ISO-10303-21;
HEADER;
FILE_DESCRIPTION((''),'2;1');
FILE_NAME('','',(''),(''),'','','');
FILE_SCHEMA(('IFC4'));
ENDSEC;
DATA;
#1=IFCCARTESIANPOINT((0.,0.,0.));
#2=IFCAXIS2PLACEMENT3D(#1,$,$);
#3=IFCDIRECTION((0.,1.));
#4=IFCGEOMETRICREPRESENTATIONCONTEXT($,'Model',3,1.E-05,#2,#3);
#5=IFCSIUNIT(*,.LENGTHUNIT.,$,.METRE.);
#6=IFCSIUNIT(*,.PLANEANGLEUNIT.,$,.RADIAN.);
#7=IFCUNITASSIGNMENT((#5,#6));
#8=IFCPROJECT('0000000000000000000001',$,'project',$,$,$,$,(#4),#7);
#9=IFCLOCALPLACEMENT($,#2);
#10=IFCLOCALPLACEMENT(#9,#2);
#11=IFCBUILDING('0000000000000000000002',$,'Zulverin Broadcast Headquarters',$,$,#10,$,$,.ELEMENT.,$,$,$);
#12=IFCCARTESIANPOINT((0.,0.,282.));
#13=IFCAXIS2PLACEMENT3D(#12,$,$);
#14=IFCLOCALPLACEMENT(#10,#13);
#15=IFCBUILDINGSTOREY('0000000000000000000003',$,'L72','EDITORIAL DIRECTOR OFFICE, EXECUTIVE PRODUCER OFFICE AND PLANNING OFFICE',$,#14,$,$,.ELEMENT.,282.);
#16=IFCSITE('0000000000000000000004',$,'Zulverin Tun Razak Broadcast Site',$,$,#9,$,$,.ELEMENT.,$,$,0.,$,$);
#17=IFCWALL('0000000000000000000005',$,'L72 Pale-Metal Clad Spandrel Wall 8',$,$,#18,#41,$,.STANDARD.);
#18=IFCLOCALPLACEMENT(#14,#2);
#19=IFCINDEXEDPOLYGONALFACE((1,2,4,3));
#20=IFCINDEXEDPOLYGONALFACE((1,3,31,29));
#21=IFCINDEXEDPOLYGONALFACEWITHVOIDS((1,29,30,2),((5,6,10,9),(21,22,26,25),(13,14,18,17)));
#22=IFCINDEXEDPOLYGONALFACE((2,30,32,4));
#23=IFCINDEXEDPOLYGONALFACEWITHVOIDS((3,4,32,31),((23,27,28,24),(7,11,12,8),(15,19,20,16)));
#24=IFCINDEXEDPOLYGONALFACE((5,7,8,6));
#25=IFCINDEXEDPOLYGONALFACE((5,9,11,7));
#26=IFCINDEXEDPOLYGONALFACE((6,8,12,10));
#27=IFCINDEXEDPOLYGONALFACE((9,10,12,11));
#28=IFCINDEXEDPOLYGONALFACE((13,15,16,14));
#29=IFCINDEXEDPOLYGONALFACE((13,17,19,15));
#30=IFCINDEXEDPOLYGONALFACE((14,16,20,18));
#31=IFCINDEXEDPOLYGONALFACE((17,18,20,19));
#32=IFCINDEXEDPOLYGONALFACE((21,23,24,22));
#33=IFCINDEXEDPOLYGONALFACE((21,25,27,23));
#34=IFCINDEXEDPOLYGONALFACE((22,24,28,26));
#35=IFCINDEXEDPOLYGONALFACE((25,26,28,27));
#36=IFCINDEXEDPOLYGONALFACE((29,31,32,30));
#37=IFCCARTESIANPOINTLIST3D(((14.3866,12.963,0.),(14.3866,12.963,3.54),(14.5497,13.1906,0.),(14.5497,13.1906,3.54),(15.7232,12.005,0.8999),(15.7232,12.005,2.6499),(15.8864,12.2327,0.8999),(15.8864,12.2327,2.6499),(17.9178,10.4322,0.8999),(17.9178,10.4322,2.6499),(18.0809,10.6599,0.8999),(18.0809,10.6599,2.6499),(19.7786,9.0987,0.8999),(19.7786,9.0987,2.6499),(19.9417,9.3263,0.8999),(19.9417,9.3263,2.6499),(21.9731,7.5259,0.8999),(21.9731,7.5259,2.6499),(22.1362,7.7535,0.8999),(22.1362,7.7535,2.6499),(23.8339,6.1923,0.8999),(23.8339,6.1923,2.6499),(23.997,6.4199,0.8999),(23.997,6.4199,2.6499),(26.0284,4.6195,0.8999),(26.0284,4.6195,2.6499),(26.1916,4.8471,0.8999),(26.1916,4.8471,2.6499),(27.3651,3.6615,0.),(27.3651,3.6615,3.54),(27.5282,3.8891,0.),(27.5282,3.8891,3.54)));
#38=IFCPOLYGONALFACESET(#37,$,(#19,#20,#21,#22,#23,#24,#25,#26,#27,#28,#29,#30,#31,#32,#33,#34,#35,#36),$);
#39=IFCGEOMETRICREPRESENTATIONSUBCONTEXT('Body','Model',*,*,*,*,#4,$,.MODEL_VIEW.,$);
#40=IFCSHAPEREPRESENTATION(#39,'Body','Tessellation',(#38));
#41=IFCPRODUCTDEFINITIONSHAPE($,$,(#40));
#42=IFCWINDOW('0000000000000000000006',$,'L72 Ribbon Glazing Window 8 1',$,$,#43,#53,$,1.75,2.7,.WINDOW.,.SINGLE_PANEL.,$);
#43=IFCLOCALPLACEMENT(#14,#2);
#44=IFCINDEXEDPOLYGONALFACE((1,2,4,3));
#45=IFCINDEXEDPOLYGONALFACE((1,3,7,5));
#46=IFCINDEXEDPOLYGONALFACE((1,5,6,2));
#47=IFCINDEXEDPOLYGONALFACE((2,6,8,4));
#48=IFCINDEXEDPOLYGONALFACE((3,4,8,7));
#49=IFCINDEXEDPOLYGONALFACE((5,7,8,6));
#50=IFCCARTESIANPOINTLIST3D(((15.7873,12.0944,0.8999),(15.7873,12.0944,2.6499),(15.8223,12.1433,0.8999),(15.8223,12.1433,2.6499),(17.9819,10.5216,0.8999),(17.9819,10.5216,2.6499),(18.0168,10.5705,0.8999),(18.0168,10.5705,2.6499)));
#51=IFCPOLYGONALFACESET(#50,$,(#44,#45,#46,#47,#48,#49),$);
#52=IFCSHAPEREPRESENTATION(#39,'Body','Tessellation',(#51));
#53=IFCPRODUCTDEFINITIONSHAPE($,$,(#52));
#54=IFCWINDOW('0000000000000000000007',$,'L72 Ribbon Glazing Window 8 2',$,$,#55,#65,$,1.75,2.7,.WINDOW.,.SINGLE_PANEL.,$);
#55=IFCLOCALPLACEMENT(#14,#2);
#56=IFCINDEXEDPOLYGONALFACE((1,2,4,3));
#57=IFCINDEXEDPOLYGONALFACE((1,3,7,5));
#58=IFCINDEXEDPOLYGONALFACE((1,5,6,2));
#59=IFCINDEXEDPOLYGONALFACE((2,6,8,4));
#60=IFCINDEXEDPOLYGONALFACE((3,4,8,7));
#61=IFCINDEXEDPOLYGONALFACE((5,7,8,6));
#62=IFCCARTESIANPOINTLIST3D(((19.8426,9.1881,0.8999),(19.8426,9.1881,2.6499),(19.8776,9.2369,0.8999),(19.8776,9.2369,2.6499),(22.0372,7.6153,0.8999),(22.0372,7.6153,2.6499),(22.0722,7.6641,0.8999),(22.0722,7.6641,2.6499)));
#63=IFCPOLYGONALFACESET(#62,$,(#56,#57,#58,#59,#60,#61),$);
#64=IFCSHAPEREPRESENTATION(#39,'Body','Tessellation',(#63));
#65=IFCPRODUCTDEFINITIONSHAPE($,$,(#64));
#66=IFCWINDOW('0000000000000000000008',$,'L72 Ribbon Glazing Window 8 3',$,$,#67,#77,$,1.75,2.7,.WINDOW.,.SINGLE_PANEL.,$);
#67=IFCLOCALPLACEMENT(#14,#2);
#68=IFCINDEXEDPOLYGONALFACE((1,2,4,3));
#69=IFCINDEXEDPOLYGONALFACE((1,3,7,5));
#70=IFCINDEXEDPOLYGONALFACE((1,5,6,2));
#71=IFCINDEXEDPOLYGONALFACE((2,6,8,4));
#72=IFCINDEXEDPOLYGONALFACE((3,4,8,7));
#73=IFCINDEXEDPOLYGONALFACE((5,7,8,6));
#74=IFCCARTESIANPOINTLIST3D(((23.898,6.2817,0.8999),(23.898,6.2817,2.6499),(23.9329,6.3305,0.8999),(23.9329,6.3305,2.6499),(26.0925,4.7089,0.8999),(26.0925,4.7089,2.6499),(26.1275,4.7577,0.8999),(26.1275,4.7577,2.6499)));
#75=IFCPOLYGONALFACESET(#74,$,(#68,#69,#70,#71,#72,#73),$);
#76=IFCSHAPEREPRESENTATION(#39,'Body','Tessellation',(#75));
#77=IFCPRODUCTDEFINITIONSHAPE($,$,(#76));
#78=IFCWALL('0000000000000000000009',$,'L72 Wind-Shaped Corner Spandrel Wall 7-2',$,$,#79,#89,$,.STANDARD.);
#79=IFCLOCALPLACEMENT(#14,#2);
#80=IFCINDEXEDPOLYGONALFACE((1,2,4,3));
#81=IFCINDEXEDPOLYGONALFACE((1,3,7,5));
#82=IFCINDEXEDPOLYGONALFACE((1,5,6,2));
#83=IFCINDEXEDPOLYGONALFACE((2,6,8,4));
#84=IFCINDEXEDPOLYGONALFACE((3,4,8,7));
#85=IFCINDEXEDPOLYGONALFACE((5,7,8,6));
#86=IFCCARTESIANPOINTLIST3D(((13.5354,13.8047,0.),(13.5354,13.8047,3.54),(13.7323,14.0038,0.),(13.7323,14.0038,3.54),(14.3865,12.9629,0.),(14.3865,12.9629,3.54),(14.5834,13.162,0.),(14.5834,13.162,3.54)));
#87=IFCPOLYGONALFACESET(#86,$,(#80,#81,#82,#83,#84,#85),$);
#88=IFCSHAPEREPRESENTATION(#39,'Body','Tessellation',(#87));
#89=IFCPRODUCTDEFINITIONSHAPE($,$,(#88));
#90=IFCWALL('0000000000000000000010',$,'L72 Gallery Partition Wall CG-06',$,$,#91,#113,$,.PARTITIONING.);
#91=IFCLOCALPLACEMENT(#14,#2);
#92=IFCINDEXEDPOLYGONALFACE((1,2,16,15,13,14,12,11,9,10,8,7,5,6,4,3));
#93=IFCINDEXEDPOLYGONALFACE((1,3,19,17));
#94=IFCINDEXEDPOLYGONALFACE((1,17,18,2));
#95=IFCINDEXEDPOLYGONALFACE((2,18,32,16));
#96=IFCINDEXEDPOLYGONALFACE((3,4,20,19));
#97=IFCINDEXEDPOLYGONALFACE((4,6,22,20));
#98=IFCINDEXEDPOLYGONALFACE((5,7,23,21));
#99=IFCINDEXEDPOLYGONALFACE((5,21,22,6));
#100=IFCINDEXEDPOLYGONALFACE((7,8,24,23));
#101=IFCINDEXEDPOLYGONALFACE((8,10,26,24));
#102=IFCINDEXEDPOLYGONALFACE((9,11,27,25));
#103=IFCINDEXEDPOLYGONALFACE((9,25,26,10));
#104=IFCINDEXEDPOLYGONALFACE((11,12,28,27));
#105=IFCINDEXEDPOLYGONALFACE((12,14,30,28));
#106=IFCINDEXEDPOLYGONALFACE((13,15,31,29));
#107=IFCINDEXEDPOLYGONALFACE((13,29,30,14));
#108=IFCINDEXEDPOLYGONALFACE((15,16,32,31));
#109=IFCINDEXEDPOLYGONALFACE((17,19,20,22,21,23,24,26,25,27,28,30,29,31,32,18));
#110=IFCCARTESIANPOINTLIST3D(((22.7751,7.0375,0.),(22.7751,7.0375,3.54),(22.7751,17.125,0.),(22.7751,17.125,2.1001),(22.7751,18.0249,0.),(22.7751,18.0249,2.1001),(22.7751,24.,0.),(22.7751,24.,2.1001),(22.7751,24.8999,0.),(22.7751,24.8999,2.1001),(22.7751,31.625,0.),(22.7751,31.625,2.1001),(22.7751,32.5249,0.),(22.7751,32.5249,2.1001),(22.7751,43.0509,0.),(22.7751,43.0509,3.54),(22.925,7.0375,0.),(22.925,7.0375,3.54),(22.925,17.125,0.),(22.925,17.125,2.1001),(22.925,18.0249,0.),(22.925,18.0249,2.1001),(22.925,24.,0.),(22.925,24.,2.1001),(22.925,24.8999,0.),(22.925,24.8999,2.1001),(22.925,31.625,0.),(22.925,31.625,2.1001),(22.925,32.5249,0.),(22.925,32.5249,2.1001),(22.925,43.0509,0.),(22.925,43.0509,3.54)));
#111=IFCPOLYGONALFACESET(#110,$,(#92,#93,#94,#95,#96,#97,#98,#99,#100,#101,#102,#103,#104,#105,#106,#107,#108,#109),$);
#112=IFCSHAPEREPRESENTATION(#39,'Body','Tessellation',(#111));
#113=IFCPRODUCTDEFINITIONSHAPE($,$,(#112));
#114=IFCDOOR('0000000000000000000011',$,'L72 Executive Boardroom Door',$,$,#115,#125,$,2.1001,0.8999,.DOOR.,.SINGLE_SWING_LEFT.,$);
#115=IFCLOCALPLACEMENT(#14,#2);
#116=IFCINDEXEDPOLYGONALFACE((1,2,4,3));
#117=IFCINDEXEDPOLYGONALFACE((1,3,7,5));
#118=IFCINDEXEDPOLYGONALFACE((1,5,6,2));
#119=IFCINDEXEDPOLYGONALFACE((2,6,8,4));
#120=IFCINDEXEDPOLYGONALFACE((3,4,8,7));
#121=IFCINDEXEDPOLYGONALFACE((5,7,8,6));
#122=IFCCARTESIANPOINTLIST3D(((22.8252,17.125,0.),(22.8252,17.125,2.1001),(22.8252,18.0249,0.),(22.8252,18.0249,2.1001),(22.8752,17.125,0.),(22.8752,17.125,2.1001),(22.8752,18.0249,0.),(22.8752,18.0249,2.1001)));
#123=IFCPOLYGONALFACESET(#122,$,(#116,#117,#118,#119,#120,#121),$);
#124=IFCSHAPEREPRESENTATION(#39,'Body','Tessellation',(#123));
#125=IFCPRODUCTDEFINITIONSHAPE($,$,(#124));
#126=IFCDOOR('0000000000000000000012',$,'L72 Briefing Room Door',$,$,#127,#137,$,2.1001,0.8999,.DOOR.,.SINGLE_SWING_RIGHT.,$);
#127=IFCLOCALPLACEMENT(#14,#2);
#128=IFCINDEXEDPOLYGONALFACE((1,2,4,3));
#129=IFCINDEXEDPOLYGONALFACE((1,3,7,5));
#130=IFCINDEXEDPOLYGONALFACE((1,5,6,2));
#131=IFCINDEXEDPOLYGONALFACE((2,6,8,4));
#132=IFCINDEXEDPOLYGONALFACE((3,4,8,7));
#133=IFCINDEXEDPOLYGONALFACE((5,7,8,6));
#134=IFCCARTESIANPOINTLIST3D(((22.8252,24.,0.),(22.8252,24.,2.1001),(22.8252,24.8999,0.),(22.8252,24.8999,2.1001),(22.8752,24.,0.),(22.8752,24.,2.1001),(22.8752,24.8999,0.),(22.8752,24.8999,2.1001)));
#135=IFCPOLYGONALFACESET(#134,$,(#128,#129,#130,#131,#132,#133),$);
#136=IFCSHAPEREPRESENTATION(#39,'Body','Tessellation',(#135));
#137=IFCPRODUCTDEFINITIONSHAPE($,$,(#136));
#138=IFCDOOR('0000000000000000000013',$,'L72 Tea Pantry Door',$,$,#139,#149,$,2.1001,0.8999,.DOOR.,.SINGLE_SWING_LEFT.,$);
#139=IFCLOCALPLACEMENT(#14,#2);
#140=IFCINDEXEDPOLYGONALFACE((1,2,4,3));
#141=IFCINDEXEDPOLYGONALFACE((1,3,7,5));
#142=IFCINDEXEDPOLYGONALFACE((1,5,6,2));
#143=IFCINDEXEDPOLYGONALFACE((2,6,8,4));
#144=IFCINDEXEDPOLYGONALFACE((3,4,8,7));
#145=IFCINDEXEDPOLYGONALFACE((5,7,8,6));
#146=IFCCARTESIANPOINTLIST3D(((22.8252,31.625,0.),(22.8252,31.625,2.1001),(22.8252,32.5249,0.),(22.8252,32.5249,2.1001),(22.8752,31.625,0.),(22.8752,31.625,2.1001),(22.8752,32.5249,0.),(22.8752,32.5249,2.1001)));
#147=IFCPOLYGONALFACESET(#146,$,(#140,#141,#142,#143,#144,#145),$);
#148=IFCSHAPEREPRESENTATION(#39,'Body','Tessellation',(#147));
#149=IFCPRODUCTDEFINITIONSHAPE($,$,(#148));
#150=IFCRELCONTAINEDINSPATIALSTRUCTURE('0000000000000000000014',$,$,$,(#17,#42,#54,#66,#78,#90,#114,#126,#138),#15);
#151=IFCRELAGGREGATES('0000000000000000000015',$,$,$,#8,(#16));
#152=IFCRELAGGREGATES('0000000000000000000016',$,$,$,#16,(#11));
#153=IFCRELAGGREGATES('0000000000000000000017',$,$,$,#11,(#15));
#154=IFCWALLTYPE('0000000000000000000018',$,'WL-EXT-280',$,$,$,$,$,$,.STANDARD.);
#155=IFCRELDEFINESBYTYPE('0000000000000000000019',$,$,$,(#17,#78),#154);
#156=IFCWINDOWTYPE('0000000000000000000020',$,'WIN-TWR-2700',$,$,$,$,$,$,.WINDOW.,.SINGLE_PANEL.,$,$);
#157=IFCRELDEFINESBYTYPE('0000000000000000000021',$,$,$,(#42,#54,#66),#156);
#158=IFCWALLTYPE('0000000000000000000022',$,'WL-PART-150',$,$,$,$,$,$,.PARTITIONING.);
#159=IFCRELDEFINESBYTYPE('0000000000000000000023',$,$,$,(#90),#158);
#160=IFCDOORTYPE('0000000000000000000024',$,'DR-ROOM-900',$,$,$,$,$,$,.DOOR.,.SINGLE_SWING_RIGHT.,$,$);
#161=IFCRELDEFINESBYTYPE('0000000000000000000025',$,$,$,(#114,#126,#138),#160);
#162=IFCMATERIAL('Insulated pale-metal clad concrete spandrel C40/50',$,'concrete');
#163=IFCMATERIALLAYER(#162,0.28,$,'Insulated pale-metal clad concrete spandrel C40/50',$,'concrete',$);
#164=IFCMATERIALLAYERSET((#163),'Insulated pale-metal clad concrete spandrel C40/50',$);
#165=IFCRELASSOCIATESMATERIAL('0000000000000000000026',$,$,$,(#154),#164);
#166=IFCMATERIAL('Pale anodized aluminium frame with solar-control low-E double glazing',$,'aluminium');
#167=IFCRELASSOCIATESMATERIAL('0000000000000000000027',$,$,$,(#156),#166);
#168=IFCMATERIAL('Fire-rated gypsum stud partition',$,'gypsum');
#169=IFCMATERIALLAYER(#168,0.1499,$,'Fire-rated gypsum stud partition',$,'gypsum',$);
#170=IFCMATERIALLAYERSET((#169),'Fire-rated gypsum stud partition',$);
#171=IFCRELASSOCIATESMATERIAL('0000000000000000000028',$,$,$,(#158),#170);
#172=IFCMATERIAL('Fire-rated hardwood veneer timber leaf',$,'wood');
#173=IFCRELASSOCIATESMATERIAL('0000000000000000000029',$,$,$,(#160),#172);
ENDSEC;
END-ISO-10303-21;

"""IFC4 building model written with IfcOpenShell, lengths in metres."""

from ifc_helpers import new_model, si_unit, direction, frame, frame_2d, origin, place, context, subcontext, project, spatial, rectangle, extrude, material, layer, layer_set, type_object, element, fill, save


model = new_model("IFC4")

# Units and contexts
model_context = context("Model", 3, precision=1e-05, world=origin(), true_north=direction((0.0, 1.0)))
body_context = subcontext(model_context, "Body", "Model", "MODEL_VIEW")
ifc_project = project(units=[si_unit("LENGTHUNIT", "METRE"), si_unit("PLANEANGLEUNIT", "RADIAN")], contexts=[model_context])

# Site, building, storey
site_placement = place(None, origin())
site = spatial("IfcSite", under=ifc_project, at=site_placement, Name="Zulverin Tun Razak Broadcast Site", CompositionType="ELEMENT", RefElevation=0.0)
building_placement = place(site_placement, origin())
building = spatial("IfcBuilding", under=site, at=building_placement, Name="Zulverin Broadcast Headquarters", CompositionType="ELEMENT")
storey_placement = place(building_placement, frame((0.0, 0.0, 282.0)))
storey = spatial("IfcBuildingStorey", under=building, at=storey_placement, Name="L72", Description="EDITORIAL DIRECTOR OFFICE, EXECUTIVE PRODUCER OFFICE AND PLANNING OFFICE", CompositionType="ELEMENT", Elevation=282.0)

# Wall, openings, windows
ifc_material_1 = material(Name="Insulated pale-metal clad concrete spandrel C40/50", Category="concrete")
ifc_layer_1 = layer(ifc_material_1, 0.28, Name="Insulated pale-metal clad concrete spandrel C40/50", Category="concrete")
ifc_layer_set_1 = layer_set([ifc_layer_1], Name="Insulated pale-metal clad concrete spandrel C40/50")
wall_type_1 = type_object("IfcWallType", Name="WL-EXT-280", PredefinedType="STANDARD", material=ifc_layer_set_1)
wall_1_placement = place(storey_placement, frame((14.468, 13.0769, 0.0), z_axis=(0.0, 0.0, 1.0), x_axis=(0.81281, -0.582529, 0.0)))
wall_1 = element("IfcWall", 1, at=wall_1_placement, inside=storey, type_object=wall_type_1, Name="L72 Pale-Metal Clad Spandrel Wall 8", PredefinedType="STANDARD", context=body_context, shape_type="SweptSolid", body=[
    extrude(rectangle(XDim=15.9675, YDim=0.28, at=frame_2d((7.9839, 0.0))), origin(), (0.0, 0.0, 1.0), 3.54),
])
opening_1_placement = place(wall_1_placement, frame((1.6445, 0.0, 0.8999)))
opening_1 = element("IfcOpeningElement", 2, at=opening_1_placement, cuts=wall_1, PredefinedType="OPENING", context=body_context, shape_type="SweptSolid", body=[
    extrude(rectangle(XDim=2.7, YDim=1.75, at=frame_2d((1.3501, 0.875))), frame((0.0, 0.1499, 0.0), z_axis=(0.0, -1.0, 0.0), x_axis=(1.0, 0.0, 0.0)), (0.0, 0.0, 1.0), 0.3),
])
opening_2_placement = place(wall_1_placement, frame((6.6338, 0.0, 0.8999)))
opening_2 = element("IfcOpeningElement", 3, at=opening_2_placement, cuts=wall_1, PredefinedType="OPENING", context=body_context, shape_type="SweptSolid", body=[
    extrude(rectangle(XDim=2.7, YDim=1.75, at=frame_2d((1.3501, 0.875))), frame((0.0, 0.1499, 0.0), z_axis=(0.0, -1.0, 0.0), x_axis=(1.0, 0.0, 0.0)), (0.0, 0.0, 1.0), 0.3),
])
opening_3_placement = place(wall_1_placement, frame((11.623, 0.0, 0.8999)))
opening_3 = element("IfcOpeningElement", 4, at=opening_3_placement, cuts=wall_1, PredefinedType="OPENING", context=body_context, shape_type="SweptSolid", body=[
    extrude(rectangle(XDim=2.7, YDim=1.75, at=frame_2d((1.3501, 0.875))), frame((0.0, 0.1499, 0.0), z_axis=(0.0, -1.0, 0.0), x_axis=(1.0, 0.0, 0.0)), (0.0, 0.0, 1.0), 0.3),
])
ifc_material_2 = material(Name="Pale anodized aluminium frame with solar-control low-E double glazing", Category="aluminium")
window_type = type_object("IfcWindowType", Name="WIN-TWR-2700", PartitioningType="SINGLE_PANEL", PredefinedType="WINDOW", material=ifc_material_2)
window_1_placement = place(opening_1_placement, origin())
window_1 = element("IfcWindow", 5, at=window_1_placement, inside=storey, type_object=window_type, Name="L72 Ribbon Glazing Window 8 1", OverallHeight=1.75, OverallWidth=2.7, PartitioningType="SINGLE_PANEL", PredefinedType="WINDOW", context=body_context, shape_type="SweptSolid", body=[
    extrude(rectangle(XDim=2.7, YDim=1.75, at=frame_2d((1.3501, 0.875))), frame((0.0, 0.03, 0.0), z_axis=(0.0, -1.0, 0.0), x_axis=(1.0, 0.0, 0.0)), (0.0, 0.0, 1.0), 0.0601),
])
fill(opening_1, window_1)
window_2_placement = place(opening_2_placement, origin())
window_2 = element("IfcWindow", 6, at=window_2_placement, inside=storey, type_object=window_type, Name="L72 Ribbon Glazing Window 8 2", OverallHeight=1.75, OverallWidth=2.7, PartitioningType="SINGLE_PANEL", PredefinedType="WINDOW", context=body_context, shape_type="SweptSolid", body=[
    extrude(rectangle(XDim=2.7, YDim=1.75, at=frame_2d((1.3501, 0.875))), frame((0.0, 0.03, 0.0), z_axis=(0.0, -1.0, 0.0), x_axis=(1.0, 0.0, 0.0)), (0.0, 0.0, 1.0), 0.0601),
])
fill(opening_2, window_2)
window_3_placement = place(opening_3_placement, origin())
window_3 = element("IfcWindow", 7, at=window_3_placement, inside=storey, type_object=window_type, Name="L72 Ribbon Glazing Window 8 3", OverallHeight=1.75, OverallWidth=2.7, PartitioningType="SINGLE_PANEL", PredefinedType="WINDOW", context=body_context, shape_type="SweptSolid", body=[
    extrude(rectangle(XDim=2.7, YDim=1.75, at=frame_2d((1.3501, 0.875))), frame((0.0, 0.03, 0.0), z_axis=(0.0, -1.0, 0.0), x_axis=(1.0, 0.0, 0.0)), (0.0, 0.0, 1.0), 0.0601),
])
fill(opening_3, window_3)

# Wall
wall_2_placement = place(storey_placement, frame((13.6338, 13.9043, 0.0), z_axis=(0.0, 0.0, 1.0), x_axis=(0.710971, -0.703221, 0.0)))
element("IfcWall", 8, at=wall_2_placement, inside=storey, type_object=wall_type_1, Name="L72 Wind-Shaped Corner Spandrel Wall 7-2", PredefinedType="STANDARD", context=body_context, shape_type="SweptSolid", body=[
    extrude(rectangle(XDim=1.197, YDim=0.28, at=frame_2d((0.5986, 0.0))), origin(), (0.0, 0.0, 1.0), 3.54),
])

# Wall, openings, doors
ifc_material_3 = material(Name="Fire-rated gypsum stud partition", Category="gypsum")
ifc_layer_2 = layer(ifc_material_3, 0.1499, Name="Fire-rated gypsum stud partition", Category="gypsum")
ifc_layer_set_2 = layer_set([ifc_layer_2], Name="Fire-rated gypsum stud partition")
wall_type_2 = type_object("IfcWallType", Name="WL-PART-150", PredefinedType="PARTITIONING", material=ifc_layer_set_2)
wall_3_placement = place(storey_placement, frame((22.8501, 7.0374, 0.0), z_axis=(0.0, 0.0, 1.0), x_axis=(0.0, 1.0, 0.0)))
wall_3 = element("IfcWall", 9, at=wall_3_placement, inside=storey, type_object=wall_type_2, Name="L72 Gallery Partition Wall CG-06", PredefinedType="PARTITIONING", context=body_context, shape_type="SweptSolid", body=[
    extrude(rectangle(XDim=36.0134, YDim=0.1499, at=frame_2d((18.0068, 0.0))), origin(), (0.0, 0.0, 1.0), 3.54),
])
opening_4_placement = place(wall_3_placement, frame((10.0876, 0.0, 0.0)))
opening_4 = element("IfcOpeningElement", 10, at=opening_4_placement, cuts=wall_3, PredefinedType="OPENING", context=body_context, shape_type="SweptSolid", body=[
    extrude(rectangle(XDim=0.8999, YDim=2.1001, at=frame_2d((0.45, 1.05))), frame((0.0, 0.085, 0.0), z_axis=(0.0, -1.0, 0.0), x_axis=(1.0, 0.0, 0.0)), (0.0, 0.0, 1.0), 0.1699),
])
opening_5_placement = place(wall_3_placement, frame((16.9626, 0.0, 0.0)))
opening_5 = element("IfcOpeningElement", 11, at=opening_5_placement, cuts=wall_3, PredefinedType="OPENING", context=body_context, shape_type="SweptSolid", body=[
    extrude(rectangle(XDim=0.8999, YDim=2.1001, at=frame_2d((0.45, 1.05))), frame((0.0, 0.085, 0.0), z_axis=(0.0, -1.0, 0.0), x_axis=(1.0, 0.0, 0.0)), (0.0, 0.0, 1.0), 0.1699),
])
opening_6_placement = place(wall_3_placement, frame((24.5876, 0.0, 0.0)))
opening_6 = element("IfcOpeningElement", 12, at=opening_6_placement, cuts=wall_3, PredefinedType="OPENING", context=body_context, shape_type="SweptSolid", body=[
    extrude(rectangle(XDim=0.8999, YDim=2.1001, at=frame_2d((0.45, 1.05))), frame((0.0, 0.085, 0.0), z_axis=(0.0, -1.0, 0.0), x_axis=(1.0, 0.0, 0.0)), (0.0, 0.0, 1.0), 0.1699),
])
ifc_material_4 = material(Name="Fire-rated hardwood veneer timber leaf", Category="wood")
door_type_1 = type_object("IfcDoorType", Name="DR-ROOM-900", OperationType="SINGLE_SWING_RIGHT", PredefinedType="DOOR", material=ifc_material_4)
door_1_placement = place(opening_4_placement, origin())
door_1 = element("IfcDoor", 13, at=door_1_placement, inside=storey, type_object=door_type_1, Name="L72 Executive Boardroom Door", OperationType="SINGLE_SWING_LEFT", OverallHeight=2.1001, OverallWidth=0.8999, PredefinedType="DOOR", context=body_context, shape_type="SweptSolid", body=[
    extrude(rectangle(XDim=0.8999, YDim=2.1001, at=frame_2d((0.45, 1.05))), frame((0.0, 0.0249, 0.0), z_axis=(0.0, -1.0, 0.0), x_axis=(1.0, 0.0, 0.0)), (0.0, 0.0, 1.0), 0.05),
])
fill(opening_4, door_1)
door_2_placement = place(opening_5_placement, origin())
door_2 = element("IfcDoor", 14, at=door_2_placement, inside=storey, type_object=door_type_1, Name="L72 Briefing Room Door", OperationType="SINGLE_SWING_RIGHT", OverallHeight=2.1001, OverallWidth=0.8999, PredefinedType="DOOR", context=body_context, shape_type="SweptSolid", body=[
    extrude(rectangle(XDim=0.8999, YDim=2.1001, at=frame_2d((0.45, 1.05))), frame((0.0, 0.0249, 0.0), z_axis=(0.0, -1.0, 0.0), x_axis=(1.0, 0.0, 0.0)), (0.0, 0.0, 1.0), 0.05),
])
fill(opening_5, door_2)
door_3_placement = place(opening_6_placement, origin())
door_3 = element("IfcDoor", 15, at=door_3_placement, inside=storey, type_object=door_type_1, Name="L72 Tea Pantry Door", OperationType="SINGLE_SWING_LEFT", OverallHeight=2.1001, OverallWidth=0.8999, PredefinedType="DOOR", context=body_context, shape_type="SweptSolid", body=[
    extrude(rectangle(XDim=0.8999, YDim=2.1001, at=frame_2d((0.45, 1.05))), frame((0.0, 0.0249, 0.0), z_axis=(0.0, -1.0, 0.0), x_axis=(1.0, 0.0, 0.0)), (0.0, 0.0, 1.0), 0.05),
])
fill(opening_6, door_3)

save(model, "model.ifc")
